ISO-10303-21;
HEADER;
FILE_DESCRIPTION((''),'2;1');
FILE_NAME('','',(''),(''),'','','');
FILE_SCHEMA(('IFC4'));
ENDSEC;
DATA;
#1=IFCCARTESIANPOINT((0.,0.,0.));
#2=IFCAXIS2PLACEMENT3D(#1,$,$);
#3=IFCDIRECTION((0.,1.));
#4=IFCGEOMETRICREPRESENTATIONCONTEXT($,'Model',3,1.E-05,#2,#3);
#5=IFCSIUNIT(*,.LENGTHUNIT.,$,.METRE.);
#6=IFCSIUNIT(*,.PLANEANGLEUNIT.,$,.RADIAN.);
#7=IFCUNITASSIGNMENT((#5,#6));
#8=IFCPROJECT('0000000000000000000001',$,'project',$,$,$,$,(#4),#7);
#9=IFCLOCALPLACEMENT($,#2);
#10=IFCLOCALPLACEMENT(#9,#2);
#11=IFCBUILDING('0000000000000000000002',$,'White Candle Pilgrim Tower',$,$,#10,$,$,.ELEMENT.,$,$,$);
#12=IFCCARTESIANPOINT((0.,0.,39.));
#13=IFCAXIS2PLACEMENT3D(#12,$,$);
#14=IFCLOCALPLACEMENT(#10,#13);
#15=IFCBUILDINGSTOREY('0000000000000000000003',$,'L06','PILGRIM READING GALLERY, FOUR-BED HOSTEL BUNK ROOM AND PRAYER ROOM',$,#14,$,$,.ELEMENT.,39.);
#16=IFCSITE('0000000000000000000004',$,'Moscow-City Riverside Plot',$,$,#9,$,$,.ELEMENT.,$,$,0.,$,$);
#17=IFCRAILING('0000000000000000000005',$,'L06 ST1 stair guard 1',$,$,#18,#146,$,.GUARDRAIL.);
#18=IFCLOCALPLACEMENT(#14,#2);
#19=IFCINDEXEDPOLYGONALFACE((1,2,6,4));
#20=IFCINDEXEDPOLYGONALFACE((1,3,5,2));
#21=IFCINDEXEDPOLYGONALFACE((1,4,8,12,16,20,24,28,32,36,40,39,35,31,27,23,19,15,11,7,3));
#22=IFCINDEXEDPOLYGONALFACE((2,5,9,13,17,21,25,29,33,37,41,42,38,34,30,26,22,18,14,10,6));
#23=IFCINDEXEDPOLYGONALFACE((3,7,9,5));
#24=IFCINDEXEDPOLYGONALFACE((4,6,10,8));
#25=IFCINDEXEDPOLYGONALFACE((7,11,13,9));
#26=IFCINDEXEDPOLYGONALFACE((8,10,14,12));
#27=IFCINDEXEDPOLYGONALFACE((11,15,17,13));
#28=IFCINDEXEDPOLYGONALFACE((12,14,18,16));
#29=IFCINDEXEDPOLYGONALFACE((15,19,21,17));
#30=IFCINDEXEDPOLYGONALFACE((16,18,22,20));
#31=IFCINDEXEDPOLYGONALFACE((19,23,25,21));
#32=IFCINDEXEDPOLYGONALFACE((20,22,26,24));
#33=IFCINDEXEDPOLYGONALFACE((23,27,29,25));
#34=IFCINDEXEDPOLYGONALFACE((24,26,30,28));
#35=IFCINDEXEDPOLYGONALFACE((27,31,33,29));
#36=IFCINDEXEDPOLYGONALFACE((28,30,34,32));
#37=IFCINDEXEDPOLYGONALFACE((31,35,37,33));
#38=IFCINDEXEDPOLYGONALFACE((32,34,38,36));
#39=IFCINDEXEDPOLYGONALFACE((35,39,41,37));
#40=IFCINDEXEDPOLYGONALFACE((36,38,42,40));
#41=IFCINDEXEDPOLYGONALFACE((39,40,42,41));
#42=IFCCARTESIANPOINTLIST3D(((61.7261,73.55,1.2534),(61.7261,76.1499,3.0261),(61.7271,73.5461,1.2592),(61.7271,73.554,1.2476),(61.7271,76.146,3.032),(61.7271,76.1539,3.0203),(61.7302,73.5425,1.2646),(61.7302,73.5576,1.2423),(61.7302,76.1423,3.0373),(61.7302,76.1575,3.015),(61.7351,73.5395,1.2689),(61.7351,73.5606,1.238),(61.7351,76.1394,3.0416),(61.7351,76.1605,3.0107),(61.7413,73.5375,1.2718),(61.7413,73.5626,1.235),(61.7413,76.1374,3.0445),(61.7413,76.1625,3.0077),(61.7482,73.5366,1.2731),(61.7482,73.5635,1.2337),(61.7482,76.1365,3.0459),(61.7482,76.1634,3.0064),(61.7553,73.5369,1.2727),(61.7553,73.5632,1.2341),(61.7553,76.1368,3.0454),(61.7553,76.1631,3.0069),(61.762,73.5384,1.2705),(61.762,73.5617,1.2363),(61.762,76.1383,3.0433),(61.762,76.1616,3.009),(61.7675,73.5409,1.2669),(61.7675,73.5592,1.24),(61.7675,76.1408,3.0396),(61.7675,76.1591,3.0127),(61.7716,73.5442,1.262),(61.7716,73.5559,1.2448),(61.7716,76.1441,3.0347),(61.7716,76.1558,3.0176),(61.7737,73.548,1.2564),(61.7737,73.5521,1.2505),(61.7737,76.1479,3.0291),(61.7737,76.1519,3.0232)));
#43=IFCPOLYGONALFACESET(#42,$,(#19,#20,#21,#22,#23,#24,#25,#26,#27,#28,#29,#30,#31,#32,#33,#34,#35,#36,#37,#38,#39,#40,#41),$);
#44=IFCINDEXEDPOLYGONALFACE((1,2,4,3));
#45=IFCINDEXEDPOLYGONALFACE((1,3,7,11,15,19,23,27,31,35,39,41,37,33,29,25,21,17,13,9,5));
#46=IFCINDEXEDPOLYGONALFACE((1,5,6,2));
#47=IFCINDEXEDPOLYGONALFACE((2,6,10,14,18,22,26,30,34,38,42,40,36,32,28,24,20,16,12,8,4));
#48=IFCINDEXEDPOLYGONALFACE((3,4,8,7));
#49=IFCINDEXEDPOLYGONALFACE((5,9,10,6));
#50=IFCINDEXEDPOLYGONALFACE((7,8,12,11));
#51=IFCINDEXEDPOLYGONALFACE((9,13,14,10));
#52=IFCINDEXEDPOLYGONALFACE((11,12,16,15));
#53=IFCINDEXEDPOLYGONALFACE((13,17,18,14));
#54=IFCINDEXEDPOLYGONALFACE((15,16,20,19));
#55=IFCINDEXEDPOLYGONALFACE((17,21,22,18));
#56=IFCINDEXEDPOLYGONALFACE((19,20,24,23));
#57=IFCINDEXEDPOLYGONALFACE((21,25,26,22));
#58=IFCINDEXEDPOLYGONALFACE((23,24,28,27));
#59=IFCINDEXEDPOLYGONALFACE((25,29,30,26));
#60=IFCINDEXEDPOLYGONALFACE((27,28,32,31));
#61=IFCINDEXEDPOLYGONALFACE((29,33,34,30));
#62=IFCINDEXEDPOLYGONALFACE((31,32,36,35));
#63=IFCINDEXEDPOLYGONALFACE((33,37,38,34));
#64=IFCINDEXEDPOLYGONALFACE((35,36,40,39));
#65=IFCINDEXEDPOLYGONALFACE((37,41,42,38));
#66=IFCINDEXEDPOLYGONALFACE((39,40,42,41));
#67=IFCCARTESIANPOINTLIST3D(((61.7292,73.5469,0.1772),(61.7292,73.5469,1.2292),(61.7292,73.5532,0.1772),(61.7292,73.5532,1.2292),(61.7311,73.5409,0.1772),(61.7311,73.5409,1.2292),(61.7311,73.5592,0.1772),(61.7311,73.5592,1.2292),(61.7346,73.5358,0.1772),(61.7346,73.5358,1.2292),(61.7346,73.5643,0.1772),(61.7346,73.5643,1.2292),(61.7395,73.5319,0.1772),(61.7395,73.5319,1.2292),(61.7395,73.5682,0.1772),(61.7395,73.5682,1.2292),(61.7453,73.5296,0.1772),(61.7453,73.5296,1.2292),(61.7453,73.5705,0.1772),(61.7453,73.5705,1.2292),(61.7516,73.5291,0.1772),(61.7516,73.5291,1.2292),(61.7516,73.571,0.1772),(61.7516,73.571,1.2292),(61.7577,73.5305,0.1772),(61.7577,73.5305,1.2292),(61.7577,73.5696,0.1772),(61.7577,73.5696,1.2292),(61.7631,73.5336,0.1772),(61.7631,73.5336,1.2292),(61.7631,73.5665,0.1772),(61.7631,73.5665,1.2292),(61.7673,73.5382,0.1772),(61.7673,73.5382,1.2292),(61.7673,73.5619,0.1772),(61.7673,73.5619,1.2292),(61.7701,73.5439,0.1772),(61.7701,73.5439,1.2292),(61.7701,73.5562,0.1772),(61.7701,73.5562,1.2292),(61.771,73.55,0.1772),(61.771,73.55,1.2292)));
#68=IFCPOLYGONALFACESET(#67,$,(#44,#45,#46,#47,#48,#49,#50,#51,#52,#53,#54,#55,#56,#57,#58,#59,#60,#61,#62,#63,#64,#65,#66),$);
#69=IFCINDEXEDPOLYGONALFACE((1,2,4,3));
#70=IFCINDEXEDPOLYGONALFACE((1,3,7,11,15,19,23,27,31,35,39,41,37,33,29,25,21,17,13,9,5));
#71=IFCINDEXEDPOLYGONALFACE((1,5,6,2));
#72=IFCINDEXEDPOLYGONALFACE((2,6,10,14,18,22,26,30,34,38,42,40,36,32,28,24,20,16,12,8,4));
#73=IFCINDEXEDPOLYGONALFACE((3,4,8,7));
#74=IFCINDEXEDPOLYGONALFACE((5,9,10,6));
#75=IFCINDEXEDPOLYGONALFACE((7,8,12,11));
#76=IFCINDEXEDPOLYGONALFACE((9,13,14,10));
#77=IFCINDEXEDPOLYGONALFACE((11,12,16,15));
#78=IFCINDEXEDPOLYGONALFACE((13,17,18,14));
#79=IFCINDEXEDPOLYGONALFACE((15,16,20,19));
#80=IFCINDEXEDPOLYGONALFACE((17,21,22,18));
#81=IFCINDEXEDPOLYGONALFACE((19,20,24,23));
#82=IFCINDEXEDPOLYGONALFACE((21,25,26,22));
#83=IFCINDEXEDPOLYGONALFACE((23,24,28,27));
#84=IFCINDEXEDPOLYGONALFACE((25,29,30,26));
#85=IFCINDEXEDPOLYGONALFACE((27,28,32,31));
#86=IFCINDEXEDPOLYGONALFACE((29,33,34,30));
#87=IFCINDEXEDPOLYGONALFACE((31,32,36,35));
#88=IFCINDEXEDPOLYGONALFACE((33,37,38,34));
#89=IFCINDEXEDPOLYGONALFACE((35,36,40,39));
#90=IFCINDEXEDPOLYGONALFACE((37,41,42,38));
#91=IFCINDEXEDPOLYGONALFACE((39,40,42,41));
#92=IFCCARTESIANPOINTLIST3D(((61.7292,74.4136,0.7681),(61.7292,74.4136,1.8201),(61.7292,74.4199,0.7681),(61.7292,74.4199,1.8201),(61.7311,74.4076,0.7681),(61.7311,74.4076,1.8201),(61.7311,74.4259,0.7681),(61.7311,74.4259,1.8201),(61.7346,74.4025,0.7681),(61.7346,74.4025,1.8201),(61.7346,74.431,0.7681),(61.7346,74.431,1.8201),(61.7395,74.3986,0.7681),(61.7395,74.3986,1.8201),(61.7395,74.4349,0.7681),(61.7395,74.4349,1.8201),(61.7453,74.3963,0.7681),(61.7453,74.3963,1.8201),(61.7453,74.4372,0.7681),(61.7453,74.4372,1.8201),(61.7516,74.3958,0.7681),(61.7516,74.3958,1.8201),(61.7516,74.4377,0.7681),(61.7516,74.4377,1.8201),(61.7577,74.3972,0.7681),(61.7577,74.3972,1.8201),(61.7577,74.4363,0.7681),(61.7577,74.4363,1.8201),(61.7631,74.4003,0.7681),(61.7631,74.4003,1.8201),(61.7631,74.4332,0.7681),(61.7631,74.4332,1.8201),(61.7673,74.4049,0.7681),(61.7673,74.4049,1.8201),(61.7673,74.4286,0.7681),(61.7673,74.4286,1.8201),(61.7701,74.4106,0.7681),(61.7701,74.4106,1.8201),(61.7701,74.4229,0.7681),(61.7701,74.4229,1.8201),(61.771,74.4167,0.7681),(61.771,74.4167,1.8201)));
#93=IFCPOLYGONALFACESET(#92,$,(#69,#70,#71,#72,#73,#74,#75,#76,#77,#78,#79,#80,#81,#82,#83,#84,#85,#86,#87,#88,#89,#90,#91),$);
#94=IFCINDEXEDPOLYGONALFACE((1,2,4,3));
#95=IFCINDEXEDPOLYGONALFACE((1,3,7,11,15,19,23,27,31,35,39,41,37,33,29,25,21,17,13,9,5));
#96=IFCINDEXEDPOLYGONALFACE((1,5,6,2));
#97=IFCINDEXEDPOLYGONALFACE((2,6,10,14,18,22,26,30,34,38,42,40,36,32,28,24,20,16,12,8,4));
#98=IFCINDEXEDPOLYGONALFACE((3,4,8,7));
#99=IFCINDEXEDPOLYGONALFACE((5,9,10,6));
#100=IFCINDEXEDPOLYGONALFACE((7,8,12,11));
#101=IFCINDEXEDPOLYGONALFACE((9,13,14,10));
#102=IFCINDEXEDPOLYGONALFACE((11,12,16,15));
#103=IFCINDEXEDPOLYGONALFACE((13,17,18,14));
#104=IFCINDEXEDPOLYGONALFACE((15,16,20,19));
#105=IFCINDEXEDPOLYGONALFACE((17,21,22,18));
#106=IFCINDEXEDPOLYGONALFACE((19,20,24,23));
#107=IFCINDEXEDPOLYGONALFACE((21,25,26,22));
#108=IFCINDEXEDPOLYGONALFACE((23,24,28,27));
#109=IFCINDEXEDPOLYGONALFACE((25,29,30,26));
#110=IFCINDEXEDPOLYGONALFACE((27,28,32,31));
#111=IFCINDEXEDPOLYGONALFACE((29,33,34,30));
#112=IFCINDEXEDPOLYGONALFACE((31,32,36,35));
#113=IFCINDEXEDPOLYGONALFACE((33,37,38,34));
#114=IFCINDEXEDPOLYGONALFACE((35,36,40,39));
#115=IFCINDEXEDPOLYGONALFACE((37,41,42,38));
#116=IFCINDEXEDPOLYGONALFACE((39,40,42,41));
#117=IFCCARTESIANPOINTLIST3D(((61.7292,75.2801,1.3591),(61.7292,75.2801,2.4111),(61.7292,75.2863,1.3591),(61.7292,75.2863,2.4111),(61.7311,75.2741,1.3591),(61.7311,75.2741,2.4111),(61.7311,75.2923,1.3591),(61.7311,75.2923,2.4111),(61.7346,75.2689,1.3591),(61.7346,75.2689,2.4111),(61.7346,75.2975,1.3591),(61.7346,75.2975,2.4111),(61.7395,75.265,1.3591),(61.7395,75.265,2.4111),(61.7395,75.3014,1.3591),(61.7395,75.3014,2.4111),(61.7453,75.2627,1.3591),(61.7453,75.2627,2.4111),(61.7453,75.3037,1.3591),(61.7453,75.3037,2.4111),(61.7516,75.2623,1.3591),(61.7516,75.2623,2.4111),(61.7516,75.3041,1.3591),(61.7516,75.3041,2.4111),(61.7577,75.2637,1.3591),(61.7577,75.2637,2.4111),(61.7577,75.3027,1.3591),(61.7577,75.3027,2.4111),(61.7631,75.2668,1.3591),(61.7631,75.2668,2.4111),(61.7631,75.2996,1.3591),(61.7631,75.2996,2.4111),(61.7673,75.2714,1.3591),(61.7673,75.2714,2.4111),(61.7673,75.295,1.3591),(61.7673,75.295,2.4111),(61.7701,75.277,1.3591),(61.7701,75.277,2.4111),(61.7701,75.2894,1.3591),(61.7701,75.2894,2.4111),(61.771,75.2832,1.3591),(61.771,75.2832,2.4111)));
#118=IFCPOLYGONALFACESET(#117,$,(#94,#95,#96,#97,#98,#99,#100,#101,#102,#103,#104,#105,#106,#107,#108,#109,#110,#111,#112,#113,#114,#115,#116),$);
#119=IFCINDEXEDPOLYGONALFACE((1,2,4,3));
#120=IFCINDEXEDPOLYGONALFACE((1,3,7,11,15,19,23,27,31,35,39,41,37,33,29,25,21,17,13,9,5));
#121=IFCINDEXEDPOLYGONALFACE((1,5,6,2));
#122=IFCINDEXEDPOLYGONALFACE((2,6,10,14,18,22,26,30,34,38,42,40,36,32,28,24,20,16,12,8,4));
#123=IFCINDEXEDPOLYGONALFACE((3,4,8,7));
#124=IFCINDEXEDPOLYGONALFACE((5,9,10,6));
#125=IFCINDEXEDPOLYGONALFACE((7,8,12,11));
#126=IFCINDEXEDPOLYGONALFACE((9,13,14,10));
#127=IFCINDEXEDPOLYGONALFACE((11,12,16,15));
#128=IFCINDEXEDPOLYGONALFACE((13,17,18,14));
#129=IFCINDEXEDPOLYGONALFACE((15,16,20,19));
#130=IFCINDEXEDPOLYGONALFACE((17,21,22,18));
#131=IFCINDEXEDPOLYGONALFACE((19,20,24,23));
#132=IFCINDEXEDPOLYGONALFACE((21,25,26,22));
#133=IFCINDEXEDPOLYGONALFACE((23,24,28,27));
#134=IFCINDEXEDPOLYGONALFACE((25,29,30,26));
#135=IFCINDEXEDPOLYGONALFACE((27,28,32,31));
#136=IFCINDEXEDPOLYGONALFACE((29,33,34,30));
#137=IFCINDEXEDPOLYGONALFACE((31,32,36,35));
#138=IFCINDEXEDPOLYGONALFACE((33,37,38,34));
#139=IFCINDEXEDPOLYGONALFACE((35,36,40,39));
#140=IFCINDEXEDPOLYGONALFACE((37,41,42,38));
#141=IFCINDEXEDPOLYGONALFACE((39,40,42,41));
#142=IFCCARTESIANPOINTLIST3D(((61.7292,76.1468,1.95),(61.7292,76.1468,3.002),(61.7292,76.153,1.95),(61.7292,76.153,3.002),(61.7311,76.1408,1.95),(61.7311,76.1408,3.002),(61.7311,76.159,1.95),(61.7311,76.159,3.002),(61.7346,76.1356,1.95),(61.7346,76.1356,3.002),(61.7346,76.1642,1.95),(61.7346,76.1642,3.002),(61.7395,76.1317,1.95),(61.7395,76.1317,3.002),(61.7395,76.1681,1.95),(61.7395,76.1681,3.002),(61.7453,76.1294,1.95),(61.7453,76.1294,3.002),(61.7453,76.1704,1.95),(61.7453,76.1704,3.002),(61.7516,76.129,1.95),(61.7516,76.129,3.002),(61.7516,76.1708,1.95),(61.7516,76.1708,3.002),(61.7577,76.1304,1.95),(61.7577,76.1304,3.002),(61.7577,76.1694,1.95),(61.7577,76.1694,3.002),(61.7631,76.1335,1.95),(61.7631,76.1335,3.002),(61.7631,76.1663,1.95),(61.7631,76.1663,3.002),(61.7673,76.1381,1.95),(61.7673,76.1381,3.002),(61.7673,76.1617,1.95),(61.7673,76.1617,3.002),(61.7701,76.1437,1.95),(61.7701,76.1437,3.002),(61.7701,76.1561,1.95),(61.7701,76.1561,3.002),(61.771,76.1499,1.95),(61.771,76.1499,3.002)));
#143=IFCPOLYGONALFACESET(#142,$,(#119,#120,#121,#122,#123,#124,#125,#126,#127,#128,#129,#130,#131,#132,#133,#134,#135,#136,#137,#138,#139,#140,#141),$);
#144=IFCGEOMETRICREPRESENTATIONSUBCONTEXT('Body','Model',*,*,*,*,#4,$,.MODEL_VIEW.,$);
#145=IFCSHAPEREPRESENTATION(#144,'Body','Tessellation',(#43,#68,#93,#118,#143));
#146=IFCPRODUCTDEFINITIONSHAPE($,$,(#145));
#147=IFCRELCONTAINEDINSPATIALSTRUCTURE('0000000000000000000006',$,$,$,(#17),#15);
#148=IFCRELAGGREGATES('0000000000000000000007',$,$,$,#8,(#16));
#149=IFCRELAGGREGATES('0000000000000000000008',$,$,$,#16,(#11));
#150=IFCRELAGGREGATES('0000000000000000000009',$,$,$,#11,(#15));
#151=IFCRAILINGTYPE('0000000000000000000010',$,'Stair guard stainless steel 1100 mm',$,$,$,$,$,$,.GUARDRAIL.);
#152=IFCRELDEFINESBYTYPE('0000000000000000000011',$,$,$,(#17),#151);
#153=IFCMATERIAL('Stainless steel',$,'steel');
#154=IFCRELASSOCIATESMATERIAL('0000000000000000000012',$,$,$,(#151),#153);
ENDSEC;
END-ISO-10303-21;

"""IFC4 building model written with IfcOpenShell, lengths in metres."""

from ifc_helpers import new_model, si_unit, direction, frame, origin, origin_2d, place, context, subcontext, project, spatial, circle, extrude, material, type_object, element, save


model = new_model("IFC4")

# Units and contexts
model_context = context("Model", 3, precision=1e-05, world=origin(), true_north=direction((0.0, 1.0)))
body_context = subcontext(model_context, "Body", "Model", "MODEL_VIEW")
ifc_project = project(units=[si_unit("LENGTHUNIT", "METRE"), si_unit("PLANEANGLEUNIT", "RADIAN")], contexts=[model_context])

# Site, building, storey
site_placement = place(None, origin())
site = spatial("IfcSite", under=ifc_project, at=site_placement, Name="Moscow-City Riverside Plot", CompositionType="ELEMENT", RefElevation=0.0)
building_placement = place(site_placement, origin())
building = spatial("IfcBuilding", under=site, at=building_placement, Name="White Candle Pilgrim Tower", CompositionType="ELEMENT")
storey_placement = place(building_placement, frame((0.0, 0.0, 39.0)))
storey = spatial("IfcBuildingStorey", under=building, at=storey_placement, Name="L06", Description="PILGRIM READING GALLERY, FOUR-BED HOSTEL BUNK ROOM AND PRAYER ROOM", CompositionType="ELEMENT", Elevation=39.0)

# Shared definitions
ifc_material_1 = material(Name="Stainless steel", Category="steel")

# Railing
railing_type_1 = type_object("IfcRailingType", Name="Stair guard stainless steel 1100 mm", PredefinedType="GUARDRAIL", material=ifc_material_1)
railing_1_placement = place(storey_placement, frame((61.75, 73.55, 0.1772)))
element("IfcRailing", 1, at=railing_1_placement, inside=storey, type_object=railing_type_1, Name="L06 ST1 stair guard 1", PredefinedType="GUARDRAIL", context=body_context, shape_type="SweptSolid", body=[
    extrude(circle(Radius=0.0239, at=origin_2d()), frame((0.0, 0.0, 1.0762), z_axis=(0.0, 0.826216, 0.563354), x_axis=(-1.0, 0.0, 0.0)), (0.0, 0.0, 1.0), 3.1467),
    extrude(circle(Radius=0.021, at=origin_2d()), origin(), (0.0, 0.0, 1.0), 1.052),
    extrude(circle(Radius=0.021, at=origin_2d()), frame((0.0, 0.8667, 0.5908)), (0.0, 0.0, 1.0), 1.052),
    extrude(circle(Radius=0.021, at=origin_2d()), frame((0.0, 1.7332, 1.1819)), (0.0, 0.0, 1.0), 1.052),
    extrude(circle(Radius=0.021, at=origin_2d()), frame((0.0, 2.5999, 1.7727)), (0.0, 0.0, 1.0), 1.052),
])

save(model, "model.ifc")
